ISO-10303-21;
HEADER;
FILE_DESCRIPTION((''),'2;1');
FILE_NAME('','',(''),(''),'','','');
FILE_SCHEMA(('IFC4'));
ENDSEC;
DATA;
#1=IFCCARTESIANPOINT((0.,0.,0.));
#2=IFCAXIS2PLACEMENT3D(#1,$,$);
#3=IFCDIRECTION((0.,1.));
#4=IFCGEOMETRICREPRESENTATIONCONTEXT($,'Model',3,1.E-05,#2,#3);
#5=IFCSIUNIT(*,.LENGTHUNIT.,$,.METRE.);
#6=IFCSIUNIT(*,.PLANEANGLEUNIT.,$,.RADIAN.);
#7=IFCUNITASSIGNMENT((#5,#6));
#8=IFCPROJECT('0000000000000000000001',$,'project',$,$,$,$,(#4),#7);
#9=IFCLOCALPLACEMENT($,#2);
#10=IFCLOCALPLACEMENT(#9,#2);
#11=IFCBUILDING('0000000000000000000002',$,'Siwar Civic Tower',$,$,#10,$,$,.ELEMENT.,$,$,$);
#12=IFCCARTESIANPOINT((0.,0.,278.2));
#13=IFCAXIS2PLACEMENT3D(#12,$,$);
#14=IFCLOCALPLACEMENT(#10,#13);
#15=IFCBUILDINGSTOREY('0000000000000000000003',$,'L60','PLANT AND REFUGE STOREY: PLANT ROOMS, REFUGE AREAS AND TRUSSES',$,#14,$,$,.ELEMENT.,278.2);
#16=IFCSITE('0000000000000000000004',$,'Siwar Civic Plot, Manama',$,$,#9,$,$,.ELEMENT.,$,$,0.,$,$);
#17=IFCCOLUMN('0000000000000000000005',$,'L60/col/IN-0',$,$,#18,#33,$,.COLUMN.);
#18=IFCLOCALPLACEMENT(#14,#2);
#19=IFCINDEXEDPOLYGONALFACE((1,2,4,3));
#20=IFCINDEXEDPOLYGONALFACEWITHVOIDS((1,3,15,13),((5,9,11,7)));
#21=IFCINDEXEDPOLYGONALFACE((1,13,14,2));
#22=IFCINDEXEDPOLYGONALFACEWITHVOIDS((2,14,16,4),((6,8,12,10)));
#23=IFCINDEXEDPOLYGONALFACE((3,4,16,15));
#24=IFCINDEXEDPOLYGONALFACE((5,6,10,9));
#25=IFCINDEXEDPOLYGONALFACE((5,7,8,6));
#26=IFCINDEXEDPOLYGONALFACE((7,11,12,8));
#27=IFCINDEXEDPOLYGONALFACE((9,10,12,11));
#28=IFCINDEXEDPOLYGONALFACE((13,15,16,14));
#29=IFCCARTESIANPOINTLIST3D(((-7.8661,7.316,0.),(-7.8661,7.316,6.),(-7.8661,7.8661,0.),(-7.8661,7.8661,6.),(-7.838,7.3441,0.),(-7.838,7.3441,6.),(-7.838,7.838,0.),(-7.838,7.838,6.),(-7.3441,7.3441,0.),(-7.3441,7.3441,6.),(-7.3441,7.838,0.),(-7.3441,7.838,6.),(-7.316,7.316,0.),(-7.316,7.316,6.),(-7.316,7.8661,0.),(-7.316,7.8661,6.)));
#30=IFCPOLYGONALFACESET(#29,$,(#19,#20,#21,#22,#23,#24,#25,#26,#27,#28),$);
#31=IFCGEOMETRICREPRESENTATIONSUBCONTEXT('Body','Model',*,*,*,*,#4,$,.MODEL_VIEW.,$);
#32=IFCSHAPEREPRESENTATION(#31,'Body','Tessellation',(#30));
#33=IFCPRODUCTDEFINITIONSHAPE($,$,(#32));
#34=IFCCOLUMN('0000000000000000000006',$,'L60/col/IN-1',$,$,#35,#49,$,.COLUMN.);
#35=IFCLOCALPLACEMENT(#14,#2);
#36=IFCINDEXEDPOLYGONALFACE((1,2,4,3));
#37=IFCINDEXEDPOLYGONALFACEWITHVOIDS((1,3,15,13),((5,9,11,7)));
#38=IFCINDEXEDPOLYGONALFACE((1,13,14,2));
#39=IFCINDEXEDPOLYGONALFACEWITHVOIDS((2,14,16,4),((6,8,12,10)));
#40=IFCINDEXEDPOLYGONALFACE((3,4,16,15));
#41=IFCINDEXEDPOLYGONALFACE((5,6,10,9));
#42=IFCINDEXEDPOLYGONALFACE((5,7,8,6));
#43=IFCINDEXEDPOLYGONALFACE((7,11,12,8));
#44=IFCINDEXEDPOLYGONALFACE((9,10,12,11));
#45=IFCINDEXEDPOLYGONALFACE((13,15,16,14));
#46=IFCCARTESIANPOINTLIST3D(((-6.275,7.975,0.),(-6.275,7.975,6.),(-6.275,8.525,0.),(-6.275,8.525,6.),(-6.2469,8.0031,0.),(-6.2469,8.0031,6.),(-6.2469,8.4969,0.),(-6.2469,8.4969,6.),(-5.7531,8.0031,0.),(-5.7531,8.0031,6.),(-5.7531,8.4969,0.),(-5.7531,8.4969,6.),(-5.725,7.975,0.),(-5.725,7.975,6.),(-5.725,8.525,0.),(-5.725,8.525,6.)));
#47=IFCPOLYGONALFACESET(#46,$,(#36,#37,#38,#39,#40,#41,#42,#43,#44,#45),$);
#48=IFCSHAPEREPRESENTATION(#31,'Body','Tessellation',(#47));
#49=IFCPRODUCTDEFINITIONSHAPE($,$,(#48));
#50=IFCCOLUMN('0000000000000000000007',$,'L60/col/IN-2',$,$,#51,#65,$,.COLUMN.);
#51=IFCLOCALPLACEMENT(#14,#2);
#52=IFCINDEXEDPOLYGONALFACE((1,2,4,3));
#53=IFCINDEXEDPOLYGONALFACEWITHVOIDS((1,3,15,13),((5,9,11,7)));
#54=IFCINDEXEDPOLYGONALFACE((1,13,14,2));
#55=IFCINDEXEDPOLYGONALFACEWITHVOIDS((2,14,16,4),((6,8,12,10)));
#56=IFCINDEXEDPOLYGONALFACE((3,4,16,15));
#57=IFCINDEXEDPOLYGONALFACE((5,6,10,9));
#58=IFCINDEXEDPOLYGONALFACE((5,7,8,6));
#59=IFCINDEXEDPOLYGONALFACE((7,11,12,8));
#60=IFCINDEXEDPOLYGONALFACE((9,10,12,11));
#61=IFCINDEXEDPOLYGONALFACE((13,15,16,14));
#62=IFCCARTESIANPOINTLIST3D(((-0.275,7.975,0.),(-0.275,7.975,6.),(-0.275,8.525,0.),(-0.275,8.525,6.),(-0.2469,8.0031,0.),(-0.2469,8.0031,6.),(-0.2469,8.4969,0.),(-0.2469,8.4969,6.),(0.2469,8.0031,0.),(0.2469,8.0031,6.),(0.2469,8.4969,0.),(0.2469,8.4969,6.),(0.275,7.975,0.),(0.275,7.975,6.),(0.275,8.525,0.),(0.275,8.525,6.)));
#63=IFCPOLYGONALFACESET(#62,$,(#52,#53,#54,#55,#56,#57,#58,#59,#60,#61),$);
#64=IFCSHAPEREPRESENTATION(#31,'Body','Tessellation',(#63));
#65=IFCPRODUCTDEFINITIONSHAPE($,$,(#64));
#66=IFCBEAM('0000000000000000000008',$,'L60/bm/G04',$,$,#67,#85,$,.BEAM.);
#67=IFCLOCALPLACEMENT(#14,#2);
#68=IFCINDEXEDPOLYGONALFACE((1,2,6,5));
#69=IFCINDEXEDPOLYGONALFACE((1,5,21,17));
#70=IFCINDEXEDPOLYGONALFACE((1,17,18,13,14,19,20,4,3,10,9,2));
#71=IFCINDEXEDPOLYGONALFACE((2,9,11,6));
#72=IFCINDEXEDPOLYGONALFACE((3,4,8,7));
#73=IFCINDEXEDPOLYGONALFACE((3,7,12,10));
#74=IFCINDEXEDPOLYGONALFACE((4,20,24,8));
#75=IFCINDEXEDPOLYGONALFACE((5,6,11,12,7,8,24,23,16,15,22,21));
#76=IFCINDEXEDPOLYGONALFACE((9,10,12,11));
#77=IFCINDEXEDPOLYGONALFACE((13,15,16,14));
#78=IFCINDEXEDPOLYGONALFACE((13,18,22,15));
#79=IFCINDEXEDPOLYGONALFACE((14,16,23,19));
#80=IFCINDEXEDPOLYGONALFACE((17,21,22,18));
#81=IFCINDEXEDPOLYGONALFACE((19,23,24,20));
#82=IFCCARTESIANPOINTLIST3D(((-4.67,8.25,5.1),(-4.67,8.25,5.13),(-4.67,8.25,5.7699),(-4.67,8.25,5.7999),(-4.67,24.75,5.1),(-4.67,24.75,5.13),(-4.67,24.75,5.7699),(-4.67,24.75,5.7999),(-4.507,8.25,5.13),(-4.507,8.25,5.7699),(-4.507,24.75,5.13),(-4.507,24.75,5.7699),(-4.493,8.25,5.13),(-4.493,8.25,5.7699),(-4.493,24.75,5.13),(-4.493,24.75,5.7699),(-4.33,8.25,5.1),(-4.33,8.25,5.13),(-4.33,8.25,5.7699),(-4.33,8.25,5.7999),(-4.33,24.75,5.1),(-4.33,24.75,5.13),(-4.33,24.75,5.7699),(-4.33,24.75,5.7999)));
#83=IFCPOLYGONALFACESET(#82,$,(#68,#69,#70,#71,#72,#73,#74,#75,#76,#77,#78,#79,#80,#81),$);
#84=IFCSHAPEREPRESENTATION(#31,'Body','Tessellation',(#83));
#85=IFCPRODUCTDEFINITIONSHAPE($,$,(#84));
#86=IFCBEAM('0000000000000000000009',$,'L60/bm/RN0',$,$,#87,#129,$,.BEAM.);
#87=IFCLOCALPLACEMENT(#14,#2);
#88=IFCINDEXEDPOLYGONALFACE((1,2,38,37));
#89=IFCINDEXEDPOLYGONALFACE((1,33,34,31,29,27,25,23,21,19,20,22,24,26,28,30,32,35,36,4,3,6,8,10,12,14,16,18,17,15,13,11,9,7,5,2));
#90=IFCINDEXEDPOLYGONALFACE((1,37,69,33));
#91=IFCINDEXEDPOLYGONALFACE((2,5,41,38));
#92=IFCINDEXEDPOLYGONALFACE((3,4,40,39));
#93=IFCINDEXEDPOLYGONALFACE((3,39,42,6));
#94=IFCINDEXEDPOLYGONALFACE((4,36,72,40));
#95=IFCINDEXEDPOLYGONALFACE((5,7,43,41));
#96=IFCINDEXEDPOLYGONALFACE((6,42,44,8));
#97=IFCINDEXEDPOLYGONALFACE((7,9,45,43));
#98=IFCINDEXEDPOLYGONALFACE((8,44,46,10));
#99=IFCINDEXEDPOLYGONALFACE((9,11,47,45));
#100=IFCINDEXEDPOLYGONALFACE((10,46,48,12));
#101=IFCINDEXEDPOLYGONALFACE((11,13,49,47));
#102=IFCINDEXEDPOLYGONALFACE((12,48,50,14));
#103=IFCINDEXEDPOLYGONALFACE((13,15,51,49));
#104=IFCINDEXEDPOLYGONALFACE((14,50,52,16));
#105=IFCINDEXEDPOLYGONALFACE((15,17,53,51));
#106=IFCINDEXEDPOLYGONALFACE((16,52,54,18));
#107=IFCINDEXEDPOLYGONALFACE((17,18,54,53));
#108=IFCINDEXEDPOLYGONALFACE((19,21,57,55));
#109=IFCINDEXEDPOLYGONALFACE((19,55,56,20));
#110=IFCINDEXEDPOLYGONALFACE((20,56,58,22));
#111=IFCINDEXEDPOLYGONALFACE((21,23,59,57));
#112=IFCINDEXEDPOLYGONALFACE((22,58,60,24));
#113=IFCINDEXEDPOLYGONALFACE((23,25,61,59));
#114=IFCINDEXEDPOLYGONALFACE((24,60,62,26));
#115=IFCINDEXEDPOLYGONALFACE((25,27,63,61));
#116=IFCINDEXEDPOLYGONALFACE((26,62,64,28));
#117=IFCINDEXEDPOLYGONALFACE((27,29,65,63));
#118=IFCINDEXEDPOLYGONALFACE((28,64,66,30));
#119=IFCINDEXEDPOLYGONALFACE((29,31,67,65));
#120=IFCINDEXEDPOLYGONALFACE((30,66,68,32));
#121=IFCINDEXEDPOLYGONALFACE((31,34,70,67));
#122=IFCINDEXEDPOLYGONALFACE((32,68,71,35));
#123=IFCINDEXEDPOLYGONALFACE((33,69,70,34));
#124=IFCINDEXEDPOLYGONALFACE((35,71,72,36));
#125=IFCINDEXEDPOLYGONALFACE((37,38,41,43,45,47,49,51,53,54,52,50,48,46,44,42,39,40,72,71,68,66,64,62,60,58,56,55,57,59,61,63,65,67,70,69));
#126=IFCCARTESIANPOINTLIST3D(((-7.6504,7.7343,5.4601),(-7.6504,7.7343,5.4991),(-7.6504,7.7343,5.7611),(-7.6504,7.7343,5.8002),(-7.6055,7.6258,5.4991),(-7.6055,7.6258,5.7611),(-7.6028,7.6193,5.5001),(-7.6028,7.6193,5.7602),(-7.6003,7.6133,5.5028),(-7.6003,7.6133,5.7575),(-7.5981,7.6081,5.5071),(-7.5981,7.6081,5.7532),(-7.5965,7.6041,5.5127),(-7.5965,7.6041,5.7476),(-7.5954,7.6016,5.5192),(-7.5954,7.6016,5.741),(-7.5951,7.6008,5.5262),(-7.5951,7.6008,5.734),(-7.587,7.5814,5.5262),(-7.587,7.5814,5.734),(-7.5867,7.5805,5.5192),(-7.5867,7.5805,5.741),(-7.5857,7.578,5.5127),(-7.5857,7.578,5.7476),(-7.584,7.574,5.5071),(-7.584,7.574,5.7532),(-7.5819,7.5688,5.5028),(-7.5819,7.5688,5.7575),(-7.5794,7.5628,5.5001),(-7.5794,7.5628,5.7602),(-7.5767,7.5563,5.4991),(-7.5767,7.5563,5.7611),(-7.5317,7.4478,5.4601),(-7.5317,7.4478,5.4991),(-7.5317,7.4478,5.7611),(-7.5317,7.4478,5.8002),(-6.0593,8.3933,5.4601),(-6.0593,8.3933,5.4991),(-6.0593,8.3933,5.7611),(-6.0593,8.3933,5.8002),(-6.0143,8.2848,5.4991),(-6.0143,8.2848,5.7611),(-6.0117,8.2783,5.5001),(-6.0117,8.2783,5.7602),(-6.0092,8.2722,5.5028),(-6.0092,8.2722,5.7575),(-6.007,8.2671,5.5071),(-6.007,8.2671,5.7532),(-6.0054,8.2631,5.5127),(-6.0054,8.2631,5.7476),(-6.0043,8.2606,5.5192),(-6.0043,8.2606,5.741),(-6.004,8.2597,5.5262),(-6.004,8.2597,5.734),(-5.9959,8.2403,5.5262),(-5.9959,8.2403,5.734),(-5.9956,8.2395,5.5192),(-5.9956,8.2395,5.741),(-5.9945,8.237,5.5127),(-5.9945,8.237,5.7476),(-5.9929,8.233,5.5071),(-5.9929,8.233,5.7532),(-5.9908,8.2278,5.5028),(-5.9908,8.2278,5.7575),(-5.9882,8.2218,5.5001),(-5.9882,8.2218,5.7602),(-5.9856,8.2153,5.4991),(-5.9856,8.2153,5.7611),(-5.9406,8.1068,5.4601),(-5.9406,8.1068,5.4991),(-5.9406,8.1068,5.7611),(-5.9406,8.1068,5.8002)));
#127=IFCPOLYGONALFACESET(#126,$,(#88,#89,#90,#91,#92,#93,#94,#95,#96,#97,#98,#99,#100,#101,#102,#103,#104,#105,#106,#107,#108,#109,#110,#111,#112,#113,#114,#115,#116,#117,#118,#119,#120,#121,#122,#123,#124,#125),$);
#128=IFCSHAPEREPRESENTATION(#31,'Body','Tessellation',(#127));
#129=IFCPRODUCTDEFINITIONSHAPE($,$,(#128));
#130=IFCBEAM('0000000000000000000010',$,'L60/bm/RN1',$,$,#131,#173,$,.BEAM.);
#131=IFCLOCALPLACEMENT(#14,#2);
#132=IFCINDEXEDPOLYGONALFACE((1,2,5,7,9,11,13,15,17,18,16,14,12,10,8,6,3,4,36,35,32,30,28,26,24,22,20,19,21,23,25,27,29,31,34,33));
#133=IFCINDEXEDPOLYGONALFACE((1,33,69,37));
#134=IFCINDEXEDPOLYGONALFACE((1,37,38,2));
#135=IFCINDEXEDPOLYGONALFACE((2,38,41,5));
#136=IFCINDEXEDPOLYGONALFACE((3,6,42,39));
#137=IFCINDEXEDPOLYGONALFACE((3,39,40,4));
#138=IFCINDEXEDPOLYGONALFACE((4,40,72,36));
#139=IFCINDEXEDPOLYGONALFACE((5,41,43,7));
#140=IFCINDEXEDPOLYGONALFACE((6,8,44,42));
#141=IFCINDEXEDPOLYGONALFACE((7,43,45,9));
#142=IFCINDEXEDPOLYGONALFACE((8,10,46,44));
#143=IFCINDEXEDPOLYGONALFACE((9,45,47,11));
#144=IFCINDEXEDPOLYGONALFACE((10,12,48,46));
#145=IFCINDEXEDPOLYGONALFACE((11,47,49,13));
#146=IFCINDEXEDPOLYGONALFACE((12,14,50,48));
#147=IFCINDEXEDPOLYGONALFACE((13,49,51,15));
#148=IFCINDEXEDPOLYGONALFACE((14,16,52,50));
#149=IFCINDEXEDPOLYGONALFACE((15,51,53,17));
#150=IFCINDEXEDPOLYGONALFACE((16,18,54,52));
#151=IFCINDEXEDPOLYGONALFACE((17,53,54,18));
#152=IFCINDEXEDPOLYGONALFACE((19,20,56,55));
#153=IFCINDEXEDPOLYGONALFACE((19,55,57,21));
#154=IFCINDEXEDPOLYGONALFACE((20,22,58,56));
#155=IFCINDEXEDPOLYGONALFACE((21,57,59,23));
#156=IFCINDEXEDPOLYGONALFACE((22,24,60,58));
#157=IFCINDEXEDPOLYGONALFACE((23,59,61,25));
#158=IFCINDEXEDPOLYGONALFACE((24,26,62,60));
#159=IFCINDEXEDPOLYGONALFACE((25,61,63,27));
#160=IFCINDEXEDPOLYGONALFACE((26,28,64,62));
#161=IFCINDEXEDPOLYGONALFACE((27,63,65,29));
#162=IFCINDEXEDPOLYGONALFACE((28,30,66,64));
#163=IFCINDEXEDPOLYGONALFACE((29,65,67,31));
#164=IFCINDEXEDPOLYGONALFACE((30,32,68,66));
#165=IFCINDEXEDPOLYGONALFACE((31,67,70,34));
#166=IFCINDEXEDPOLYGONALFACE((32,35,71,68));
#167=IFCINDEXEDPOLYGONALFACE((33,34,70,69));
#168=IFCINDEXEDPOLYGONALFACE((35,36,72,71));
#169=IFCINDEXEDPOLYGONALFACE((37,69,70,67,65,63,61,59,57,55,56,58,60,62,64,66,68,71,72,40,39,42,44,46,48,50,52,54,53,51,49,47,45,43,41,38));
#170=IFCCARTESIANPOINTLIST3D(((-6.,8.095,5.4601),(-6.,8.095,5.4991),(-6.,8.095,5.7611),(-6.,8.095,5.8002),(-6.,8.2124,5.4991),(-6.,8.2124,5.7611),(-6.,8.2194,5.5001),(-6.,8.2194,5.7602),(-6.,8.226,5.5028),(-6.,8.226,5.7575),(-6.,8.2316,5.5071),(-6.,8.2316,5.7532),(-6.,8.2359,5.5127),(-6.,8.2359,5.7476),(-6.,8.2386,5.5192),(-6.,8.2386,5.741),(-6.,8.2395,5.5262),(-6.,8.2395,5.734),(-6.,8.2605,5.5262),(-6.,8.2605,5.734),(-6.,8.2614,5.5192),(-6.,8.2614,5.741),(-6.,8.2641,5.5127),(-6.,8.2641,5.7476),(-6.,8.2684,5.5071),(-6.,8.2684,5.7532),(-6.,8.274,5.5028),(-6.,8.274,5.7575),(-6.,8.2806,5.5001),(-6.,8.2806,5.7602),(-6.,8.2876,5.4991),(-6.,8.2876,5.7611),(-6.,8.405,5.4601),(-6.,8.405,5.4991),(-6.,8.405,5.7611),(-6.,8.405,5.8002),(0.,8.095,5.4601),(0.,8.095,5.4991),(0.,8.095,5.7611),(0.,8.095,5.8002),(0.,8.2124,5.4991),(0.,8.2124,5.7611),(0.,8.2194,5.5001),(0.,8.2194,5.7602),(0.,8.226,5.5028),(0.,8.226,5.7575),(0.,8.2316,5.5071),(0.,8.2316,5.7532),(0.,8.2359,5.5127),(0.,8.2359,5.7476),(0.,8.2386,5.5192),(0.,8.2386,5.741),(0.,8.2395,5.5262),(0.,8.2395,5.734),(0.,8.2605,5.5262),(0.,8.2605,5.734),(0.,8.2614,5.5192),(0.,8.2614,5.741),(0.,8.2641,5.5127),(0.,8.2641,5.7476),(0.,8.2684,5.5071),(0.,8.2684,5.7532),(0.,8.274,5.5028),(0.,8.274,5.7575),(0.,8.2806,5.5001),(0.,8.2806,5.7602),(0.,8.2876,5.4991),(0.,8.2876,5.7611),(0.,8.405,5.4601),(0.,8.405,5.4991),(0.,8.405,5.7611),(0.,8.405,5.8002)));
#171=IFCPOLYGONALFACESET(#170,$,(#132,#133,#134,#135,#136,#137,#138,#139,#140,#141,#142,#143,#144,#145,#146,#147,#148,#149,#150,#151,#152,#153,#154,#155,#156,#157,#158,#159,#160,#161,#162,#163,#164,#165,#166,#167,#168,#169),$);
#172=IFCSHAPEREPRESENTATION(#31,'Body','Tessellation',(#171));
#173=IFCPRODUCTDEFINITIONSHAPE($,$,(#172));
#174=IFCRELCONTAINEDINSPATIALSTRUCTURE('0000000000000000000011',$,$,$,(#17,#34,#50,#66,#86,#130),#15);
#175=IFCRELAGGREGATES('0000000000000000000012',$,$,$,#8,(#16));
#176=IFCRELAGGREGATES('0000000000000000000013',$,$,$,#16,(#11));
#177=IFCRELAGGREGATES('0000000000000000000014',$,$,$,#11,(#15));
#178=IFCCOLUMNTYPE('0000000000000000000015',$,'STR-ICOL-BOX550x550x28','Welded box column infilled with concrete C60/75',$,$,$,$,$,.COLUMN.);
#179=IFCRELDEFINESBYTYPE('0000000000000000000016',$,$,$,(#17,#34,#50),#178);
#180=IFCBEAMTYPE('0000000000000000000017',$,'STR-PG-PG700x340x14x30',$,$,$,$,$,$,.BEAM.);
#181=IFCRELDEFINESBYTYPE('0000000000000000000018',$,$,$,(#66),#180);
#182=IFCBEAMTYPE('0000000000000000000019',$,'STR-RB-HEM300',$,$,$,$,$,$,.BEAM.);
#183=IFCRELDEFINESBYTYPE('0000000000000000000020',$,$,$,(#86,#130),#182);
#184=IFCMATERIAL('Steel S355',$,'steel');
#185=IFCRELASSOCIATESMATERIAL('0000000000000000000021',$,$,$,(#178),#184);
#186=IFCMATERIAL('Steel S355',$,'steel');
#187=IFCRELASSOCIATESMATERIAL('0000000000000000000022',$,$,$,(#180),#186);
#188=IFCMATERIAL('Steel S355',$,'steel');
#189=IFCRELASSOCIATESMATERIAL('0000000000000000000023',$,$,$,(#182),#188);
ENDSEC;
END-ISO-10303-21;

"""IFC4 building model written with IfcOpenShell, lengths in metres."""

from ifc_helpers import new_model, si_unit, direction, frame, origin, origin_2d, place, context, subcontext, project, spatial, hollow_rectangle, i_section, extrude, material, material_profile, profile_set, type_object, element, save


model = new_model("IFC4")

# Units and contexts
model_context = context("Model", 3, precision=1e-05, world=origin(), true_north=direction((0.0, 1.0)))
body_context = subcontext(model_context, "Body", "Model", "MODEL_VIEW")
ifc_project = project(units=[si_unit("LENGTHUNIT", "METRE"), si_unit("PLANEANGLEUNIT", "RADIAN")], contexts=[model_context])

# Site, building, storey
site_placement = place(None, origin())
site = spatial("IfcSite", under=ifc_project, at=site_placement, Name="Siwar Civic Plot, Manama", CompositionType="ELEMENT", RefElevation=0.0)
building_placement = place(site_placement, origin())
building = spatial("IfcBuilding", under=site, at=building_placement, Name="Siwar Civic Tower", CompositionType="ELEMENT")
storey_placement = place(building_placement, frame((0.0, 0.0, 278.2)))
storey = spatial("IfcBuildingStorey", under=building, at=storey_placement, Name="L60", Description="PLANT AND REFUGE STOREY: PLANT ROOMS, REFUGE AREAS AND TRUSSES", CompositionType="ELEMENT", Elevation=278.2)

# Columns
ifc_material_1 = material(Name="Steel S355", Category="steel")
ifc_material_profile_1 = material_profile(ifc_material_1, hollow_rectangle(XDim=0.55, YDim=0.55, WallThickness=0.0281, at=origin_2d()), Name="BOX550x550x28")
ifc_profile_set_1 = profile_set([ifc_material_profile_1], Name="Steel S355")
column_type = type_object("IfcColumnType", Name="STR-ICOL-BOX550x550x28", Description="Welded box column infilled with concrete C60/75", PredefinedType="COLUMN", material=ifc_profile_set_1)
for number, where, z_axis, x_axis, name in (
    (1, (-7.5911, 7.5911, 0.0), (0.0, 0.0, 1.0), (1.0, 0.0, 0.0), "L60/col/IN-0"),
    (2, (-6.0, 8.25, 0.0), (0.0, 0.0, 1.0), (1.0, 0.0, 0.0), "L60/col/IN-1"),
    (3, (0.0, 8.25, 0.0), (0.0, 0.0, 1.0), (1.0, 0.0, 0.0), "L60/col/IN-2"),
):
    element("IfcColumn", number, at=place(storey_placement, frame(where, z_axis=z_axis, x_axis=x_axis)), inside=storey, type_object=column_type, Name=name, PredefinedType="COLUMN", context=body_context, shape_type="SweptSolid", body=[
        extrude(hollow_rectangle(XDim=0.55, YDim=0.55, WallThickness=0.0281, at=origin_2d()), origin(), (0.0, 0.0, 1.0), 6.0),
    ])

# Beams
ifc_material_2 = material(Name="Steel S355", Category="steel")
ifc_material_profile_2 = material_profile(ifc_material_2, i_section(OverallWidth=0.3401, OverallDepth=0.7, WebThickness=0.0139, FlangeThickness=0.03, at=origin_2d()), Name="PG700x340x14x30")
ifc_profile_set_2 = profile_set([ifc_material_profile_2], Name="Steel S355")
beam_type_1 = type_object("IfcBeamType", Name="STR-PG-PG700x340x14x30", PredefinedType="BEAM", material=ifc_profile_set_2)
beam_1_placement = place(storey_placement, frame((-4.5, 8.25, 5.45), z_axis=(0.0, 1.0, 0.0), x_axis=(-1.0, 0.0, 0.0)))
element("IfcBeam", 4, at=beam_1_placement, inside=storey, type_object=beam_type_1, Name="L60/bm/G04", PredefinedType="BEAM", context=body_context, shape_type="SweptSolid", body=[
    extrude(i_section(OverallWidth=0.3401, OverallDepth=0.7, WebThickness=0.0139, FlangeThickness=0.03, at=origin_2d()), origin(), (0.0, 0.0, 1.0), 16.5),
])
ifc_material_3 = material(Name="Steel S355", Category="steel")
ifc_material_profile_3 = material_profile(ifc_material_3, i_section(OverallWidth=0.3101, OverallDepth=0.3401, WebThickness=0.021, FlangeThickness=0.0391, FilletRadius=0.0271, at=origin_2d()), Name="HEM300")
ifc_profile_set_3 = profile_set([ifc_material_profile_3], Name="Steel S355")
beam_type_2 = type_object("IfcBeamType", Name="STR-RB-HEM300", PredefinedType="BEAM", material=ifc_profile_set_3)
beam_2_placement = place(storey_placement, frame((-7.5911, 7.5911, 5.6301), z_axis=(0.923901, 0.382631, 0.0), x_axis=(-0.382631, 0.923901, 0.0)))
element("IfcBeam", 5, at=beam_2_placement, inside=storey, type_object=beam_type_2, Name="L60/bm/RN0", PredefinedType="BEAM", context=body_context, shape_type="SweptSolid", body=[
    extrude(i_section(OverallWidth=0.3101, OverallDepth=0.3401, WebThickness=0.021, FlangeThickness=0.0391, FilletRadius=0.0271, at=origin_2d()), origin(), (0.0, 0.0, 1.0), 1.7222),
])
for number, where, z_axis, x_axis, name in (
    (6, (-6.0, 8.25, 5.6301), (1.0, 0.0, 0.0), (0.0, 1.0, 0.0), "L60/bm/RN1"),
):
    element("IfcBeam", number, at=place(storey_placement, frame(where, z_axis=z_axis, x_axis=x_axis)), inside=storey, type_object=beam_type_2, Name=name, PredefinedType="BEAM", context=body_context, shape_type="SweptSolid", body=[
        extrude(i_section(OverallWidth=0.3101, OverallDepth=0.3401, WebThickness=0.021, FlangeThickness=0.0391, FilletRadius=0.0271, at=origin_2d()), origin(), (0.0, 0.0, 1.0), 6.0),
    ])

save(model, "model.ifc")
